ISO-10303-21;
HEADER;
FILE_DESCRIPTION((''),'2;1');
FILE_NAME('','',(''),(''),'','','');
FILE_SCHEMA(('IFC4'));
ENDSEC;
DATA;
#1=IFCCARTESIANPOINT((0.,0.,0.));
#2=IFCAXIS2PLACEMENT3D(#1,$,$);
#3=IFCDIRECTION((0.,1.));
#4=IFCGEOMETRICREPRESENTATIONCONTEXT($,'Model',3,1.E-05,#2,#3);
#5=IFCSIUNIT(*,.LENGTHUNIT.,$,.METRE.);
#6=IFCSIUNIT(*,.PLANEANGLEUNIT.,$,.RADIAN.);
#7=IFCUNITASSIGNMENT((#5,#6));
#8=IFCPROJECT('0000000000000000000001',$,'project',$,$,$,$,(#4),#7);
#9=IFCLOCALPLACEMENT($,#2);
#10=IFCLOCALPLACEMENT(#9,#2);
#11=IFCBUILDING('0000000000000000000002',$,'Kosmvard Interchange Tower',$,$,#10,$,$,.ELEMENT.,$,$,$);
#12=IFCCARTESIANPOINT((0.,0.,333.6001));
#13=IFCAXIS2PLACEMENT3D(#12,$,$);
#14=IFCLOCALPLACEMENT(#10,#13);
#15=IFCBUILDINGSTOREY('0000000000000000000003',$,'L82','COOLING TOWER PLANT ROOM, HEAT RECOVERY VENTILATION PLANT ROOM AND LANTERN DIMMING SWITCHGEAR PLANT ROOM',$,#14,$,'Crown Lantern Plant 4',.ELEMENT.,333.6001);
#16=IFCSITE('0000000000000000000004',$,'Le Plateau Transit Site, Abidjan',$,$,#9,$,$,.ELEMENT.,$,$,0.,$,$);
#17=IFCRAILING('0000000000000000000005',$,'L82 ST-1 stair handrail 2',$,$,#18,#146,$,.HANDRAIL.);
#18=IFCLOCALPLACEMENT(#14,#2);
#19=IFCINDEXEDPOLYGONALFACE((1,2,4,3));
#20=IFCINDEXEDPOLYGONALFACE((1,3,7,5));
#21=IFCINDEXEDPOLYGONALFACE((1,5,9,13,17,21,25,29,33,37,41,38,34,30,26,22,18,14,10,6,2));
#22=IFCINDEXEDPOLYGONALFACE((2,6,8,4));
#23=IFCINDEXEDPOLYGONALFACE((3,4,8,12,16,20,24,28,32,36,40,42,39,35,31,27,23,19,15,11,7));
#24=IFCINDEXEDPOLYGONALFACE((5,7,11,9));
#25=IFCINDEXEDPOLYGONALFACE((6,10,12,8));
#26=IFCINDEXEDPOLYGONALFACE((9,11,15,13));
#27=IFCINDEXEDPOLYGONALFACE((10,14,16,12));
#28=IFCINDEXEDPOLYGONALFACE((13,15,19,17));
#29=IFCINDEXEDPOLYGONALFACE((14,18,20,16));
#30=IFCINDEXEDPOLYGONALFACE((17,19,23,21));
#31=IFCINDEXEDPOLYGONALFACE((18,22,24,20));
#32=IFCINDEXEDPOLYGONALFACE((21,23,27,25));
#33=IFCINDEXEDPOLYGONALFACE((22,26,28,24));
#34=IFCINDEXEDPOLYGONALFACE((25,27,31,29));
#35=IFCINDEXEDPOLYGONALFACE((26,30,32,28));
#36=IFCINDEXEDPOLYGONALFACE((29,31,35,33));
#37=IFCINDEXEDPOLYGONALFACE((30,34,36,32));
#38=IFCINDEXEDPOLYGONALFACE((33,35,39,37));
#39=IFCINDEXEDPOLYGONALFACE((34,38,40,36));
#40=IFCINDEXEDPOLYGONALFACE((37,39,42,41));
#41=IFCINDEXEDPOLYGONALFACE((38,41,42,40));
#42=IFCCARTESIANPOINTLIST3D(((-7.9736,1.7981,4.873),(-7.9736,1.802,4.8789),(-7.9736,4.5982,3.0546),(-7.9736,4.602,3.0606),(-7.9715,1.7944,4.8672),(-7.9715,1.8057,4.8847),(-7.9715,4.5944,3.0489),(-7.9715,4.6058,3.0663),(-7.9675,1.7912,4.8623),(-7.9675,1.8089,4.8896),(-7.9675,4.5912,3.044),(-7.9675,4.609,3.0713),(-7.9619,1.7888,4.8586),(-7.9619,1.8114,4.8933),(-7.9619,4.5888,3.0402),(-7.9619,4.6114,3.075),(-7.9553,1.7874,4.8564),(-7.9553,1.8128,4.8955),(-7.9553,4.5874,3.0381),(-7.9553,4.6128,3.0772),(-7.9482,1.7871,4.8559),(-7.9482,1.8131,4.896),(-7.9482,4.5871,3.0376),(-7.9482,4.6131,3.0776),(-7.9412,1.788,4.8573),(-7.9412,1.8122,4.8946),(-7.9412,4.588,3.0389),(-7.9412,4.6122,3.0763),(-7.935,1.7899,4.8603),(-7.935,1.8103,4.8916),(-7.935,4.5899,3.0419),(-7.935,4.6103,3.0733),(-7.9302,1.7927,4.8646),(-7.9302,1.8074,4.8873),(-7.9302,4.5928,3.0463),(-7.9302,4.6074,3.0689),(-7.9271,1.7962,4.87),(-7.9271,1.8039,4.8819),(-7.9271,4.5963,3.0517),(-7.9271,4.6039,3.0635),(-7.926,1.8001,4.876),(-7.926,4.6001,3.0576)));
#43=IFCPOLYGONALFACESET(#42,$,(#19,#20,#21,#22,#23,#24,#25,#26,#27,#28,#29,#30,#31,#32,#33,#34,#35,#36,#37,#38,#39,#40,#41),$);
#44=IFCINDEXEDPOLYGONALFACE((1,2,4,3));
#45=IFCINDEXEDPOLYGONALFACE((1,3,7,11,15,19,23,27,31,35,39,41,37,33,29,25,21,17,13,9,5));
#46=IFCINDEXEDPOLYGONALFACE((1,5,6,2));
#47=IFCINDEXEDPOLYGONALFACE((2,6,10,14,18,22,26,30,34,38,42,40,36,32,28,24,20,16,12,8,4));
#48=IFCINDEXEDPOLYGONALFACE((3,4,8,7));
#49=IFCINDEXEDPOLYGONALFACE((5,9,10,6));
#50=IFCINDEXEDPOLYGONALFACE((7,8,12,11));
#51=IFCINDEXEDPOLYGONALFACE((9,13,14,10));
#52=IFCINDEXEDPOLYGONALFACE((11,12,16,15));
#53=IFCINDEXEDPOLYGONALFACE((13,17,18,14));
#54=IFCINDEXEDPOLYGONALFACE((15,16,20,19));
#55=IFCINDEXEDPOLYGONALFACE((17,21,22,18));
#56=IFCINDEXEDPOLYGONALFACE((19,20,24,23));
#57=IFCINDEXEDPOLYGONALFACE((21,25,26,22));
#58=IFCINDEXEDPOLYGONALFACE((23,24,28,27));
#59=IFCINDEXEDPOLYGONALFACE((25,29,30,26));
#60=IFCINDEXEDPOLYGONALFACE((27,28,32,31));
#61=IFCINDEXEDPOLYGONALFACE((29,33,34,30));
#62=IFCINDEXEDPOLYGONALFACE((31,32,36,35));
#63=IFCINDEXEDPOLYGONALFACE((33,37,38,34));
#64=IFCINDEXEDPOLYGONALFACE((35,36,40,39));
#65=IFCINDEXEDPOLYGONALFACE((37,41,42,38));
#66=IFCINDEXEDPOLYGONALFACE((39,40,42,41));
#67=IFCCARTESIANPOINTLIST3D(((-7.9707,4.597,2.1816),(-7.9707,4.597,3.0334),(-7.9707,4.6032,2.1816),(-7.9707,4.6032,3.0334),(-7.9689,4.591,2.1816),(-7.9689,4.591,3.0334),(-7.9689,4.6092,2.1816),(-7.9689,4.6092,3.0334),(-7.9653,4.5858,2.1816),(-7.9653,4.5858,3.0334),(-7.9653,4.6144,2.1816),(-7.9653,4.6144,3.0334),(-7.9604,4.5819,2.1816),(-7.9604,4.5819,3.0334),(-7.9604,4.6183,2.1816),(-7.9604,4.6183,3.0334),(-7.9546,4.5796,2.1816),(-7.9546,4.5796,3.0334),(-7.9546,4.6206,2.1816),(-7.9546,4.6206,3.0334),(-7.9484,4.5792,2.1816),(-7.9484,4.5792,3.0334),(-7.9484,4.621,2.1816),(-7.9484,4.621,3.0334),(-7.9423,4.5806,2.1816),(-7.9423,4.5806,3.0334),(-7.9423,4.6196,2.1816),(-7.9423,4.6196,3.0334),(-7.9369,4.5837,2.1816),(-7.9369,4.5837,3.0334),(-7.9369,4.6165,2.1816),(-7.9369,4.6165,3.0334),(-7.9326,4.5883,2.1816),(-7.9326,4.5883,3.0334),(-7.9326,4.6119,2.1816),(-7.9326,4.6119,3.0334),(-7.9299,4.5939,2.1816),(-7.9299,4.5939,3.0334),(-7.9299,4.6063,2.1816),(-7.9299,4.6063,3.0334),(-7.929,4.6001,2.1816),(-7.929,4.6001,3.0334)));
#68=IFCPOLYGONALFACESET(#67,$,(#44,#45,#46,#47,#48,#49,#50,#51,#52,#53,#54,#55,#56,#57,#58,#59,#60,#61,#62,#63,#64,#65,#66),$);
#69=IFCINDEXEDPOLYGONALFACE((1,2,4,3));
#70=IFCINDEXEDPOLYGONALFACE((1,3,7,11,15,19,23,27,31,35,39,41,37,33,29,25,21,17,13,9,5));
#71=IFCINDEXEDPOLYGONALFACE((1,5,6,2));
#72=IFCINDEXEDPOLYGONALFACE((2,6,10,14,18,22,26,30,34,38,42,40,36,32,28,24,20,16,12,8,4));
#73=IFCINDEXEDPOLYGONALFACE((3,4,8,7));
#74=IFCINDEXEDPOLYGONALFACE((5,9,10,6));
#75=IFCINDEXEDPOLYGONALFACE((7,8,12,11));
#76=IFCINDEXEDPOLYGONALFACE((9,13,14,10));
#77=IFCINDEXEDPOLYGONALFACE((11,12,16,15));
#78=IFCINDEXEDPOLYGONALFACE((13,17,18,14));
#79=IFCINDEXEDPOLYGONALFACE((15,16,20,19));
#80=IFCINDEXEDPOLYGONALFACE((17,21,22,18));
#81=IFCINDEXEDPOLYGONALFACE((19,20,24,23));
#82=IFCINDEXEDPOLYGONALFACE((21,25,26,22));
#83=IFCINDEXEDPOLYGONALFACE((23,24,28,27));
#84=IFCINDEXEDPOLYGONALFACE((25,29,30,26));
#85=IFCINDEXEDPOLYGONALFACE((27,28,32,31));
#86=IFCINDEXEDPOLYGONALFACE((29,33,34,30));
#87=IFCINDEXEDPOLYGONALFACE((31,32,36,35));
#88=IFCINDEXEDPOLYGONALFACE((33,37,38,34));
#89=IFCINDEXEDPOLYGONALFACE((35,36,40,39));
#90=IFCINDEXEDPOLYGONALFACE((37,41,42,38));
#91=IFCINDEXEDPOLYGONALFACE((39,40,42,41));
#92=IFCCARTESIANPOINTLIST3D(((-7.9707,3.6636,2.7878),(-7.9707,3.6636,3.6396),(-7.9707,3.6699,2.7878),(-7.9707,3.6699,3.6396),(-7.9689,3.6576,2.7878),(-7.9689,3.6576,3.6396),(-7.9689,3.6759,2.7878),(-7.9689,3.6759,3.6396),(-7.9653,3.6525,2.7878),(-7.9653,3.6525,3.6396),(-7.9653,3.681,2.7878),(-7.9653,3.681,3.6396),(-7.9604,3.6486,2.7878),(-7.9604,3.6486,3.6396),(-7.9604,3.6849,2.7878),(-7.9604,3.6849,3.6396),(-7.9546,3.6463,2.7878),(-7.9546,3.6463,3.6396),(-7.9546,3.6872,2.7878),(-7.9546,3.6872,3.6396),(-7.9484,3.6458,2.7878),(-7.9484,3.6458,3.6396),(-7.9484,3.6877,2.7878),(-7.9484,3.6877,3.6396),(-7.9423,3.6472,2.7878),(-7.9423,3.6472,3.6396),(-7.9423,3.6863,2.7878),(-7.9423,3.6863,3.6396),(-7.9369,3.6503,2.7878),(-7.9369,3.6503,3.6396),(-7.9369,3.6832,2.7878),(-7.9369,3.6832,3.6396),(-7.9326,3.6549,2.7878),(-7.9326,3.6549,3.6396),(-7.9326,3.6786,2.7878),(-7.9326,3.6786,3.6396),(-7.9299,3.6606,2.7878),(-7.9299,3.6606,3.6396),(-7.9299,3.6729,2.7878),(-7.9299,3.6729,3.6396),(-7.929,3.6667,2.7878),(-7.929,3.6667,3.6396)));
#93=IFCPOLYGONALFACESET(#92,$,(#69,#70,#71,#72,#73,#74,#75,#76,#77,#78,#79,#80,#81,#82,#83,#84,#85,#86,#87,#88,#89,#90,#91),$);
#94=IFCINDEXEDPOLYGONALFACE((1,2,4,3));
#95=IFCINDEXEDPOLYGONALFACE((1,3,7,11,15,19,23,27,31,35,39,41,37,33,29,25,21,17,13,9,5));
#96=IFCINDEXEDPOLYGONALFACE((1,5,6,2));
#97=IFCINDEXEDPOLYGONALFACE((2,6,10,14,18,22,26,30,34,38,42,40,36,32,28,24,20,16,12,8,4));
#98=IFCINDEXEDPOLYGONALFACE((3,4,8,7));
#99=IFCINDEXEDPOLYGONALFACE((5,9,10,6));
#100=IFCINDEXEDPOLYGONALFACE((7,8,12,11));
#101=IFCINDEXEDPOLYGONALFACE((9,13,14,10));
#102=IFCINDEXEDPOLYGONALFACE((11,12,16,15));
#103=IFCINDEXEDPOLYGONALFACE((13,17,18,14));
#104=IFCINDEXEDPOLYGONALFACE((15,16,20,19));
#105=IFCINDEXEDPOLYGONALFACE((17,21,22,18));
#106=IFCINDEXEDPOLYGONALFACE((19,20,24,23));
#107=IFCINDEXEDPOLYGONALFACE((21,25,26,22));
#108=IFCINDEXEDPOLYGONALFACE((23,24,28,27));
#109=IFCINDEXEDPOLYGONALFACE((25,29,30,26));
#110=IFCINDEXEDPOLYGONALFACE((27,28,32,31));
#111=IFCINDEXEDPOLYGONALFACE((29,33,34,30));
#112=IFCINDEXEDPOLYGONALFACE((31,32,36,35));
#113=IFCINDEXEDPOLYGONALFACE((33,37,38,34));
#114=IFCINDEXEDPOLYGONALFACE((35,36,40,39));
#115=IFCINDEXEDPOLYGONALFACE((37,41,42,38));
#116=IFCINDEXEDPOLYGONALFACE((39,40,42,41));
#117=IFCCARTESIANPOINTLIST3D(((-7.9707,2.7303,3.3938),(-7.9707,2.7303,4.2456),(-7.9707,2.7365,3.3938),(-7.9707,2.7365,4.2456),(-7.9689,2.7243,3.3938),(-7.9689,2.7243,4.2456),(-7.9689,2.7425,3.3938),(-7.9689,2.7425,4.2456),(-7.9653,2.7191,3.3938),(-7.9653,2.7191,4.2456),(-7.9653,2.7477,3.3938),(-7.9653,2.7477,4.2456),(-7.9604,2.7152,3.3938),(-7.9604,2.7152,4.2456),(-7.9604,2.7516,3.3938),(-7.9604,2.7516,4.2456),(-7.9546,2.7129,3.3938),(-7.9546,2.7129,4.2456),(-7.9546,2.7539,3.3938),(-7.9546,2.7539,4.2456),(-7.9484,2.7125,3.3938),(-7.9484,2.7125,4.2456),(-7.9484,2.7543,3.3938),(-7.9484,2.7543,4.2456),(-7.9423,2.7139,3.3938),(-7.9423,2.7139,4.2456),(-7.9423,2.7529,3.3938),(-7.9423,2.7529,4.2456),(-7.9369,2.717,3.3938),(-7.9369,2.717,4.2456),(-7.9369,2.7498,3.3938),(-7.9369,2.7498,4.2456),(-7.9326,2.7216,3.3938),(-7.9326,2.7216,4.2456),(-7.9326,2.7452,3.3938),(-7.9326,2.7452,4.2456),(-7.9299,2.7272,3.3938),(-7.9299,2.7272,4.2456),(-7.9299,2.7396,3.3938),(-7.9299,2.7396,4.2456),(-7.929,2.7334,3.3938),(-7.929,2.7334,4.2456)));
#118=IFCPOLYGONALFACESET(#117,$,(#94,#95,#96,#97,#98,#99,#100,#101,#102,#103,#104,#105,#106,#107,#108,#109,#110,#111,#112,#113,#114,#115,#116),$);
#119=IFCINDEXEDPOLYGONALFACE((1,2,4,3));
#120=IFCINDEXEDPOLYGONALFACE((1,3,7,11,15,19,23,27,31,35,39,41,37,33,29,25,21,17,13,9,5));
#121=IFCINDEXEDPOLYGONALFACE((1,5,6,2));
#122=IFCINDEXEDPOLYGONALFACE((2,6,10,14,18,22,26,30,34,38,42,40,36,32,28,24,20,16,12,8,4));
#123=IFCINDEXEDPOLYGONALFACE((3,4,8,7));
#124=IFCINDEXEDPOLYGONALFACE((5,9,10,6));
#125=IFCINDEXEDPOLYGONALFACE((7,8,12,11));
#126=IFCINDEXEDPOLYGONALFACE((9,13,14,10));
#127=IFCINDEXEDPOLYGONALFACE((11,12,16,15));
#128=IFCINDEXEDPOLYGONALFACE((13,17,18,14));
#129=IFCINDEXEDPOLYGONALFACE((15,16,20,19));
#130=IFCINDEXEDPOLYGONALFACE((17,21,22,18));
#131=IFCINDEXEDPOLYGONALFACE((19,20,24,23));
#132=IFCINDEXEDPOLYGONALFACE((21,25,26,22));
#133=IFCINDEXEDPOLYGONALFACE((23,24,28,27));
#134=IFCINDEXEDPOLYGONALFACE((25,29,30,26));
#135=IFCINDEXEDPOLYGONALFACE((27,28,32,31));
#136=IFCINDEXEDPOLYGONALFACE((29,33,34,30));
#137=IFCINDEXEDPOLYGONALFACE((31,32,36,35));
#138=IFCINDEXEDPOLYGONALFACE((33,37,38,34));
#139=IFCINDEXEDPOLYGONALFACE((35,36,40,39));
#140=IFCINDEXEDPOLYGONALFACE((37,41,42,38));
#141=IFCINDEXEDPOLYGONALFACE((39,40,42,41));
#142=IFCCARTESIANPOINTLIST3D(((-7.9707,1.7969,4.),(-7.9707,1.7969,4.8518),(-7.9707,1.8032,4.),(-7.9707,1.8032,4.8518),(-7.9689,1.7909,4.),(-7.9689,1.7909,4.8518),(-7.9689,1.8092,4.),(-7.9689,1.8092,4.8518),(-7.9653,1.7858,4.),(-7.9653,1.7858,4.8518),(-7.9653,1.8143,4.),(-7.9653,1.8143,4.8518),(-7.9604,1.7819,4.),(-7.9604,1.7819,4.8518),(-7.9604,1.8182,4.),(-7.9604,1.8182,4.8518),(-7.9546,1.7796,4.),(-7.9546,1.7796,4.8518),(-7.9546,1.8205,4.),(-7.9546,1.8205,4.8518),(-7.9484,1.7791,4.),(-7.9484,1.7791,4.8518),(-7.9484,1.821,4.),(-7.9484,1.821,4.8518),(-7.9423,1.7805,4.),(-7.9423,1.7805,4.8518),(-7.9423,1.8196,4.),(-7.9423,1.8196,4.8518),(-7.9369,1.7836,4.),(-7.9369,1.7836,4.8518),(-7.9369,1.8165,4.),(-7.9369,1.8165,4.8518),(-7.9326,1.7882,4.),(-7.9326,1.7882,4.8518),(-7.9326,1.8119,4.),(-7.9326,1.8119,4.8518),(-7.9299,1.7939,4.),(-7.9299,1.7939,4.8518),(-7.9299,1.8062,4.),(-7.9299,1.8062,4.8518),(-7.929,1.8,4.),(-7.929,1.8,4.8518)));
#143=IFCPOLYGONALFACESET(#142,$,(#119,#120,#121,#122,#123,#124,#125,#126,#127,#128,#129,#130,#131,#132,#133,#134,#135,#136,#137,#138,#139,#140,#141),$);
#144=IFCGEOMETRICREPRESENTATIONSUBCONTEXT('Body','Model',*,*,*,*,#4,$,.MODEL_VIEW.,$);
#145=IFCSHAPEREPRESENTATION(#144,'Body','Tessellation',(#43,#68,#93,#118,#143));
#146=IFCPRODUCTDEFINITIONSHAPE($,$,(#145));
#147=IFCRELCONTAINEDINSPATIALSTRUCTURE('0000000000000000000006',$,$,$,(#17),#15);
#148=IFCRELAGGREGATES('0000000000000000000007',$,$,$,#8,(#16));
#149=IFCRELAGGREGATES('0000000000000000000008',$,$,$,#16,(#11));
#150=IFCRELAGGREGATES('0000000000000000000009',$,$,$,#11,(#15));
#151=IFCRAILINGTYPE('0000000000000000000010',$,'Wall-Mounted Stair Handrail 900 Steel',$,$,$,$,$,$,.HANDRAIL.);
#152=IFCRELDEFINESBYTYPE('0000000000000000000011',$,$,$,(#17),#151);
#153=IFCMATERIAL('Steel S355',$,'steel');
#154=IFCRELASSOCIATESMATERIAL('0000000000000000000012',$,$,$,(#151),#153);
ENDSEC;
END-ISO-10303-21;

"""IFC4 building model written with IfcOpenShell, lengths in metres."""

from ifc_helpers import new_model, si_unit, direction, frame, origin, origin_2d, place, context, subcontext, project, spatial, circle, extrude, source, transform, mapped, material, type_object, element, save


model = new_model("IFC4")

# Units and contexts
model_context = context("Model", 3, precision=1e-05, world=origin(), true_north=direction((0.0, 1.0)))
body_context = subcontext(model_context, "Body", "Model", "MODEL_VIEW")
ifc_project = project(units=[si_unit("LENGTHUNIT", "METRE"), si_unit("PLANEANGLEUNIT", "RADIAN")], contexts=[model_context])

# Site, building, storey
site_placement = place(None, origin())
site = spatial("IfcSite", under=ifc_project, at=site_placement, Name="Le Plateau Transit Site, Abidjan", CompositionType="ELEMENT", RefElevation=0.0)
building_placement = place(site_placement, origin())
building = spatial("IfcBuilding", under=site, at=building_placement, Name="Kosmvard Interchange Tower", CompositionType="ELEMENT")
storey_placement = place(building_placement, frame((0.0, 0.0, 333.6001)))
storey = spatial("IfcBuildingStorey", under=building, at=storey_placement, Name="L82", Description="COOLING TOWER PLANT ROOM, HEAT RECOVERY VENTILATION PLANT ROOM AND LANTERN DIMMING SWITCHGEAR PLANT ROOM", LongName="Crown Lantern Plant 4", CompositionType="ELEMENT", Elevation=333.6001)

# Shared definitions
ifc_material_1 = material(Name="Steel S355", Category="steel")

# Railing
railing_type_1 = type_object("IfcRailingType", Name="Wall-Mounted Stair Handrail 900 Steel", PredefinedType="HANDRAIL", material=ifc_material_1)
shared_shape_1 = source(origin(), body_context, "Body", "SweptSolid", [
    extrude(circle(Radius=0.0239, at=origin_2d()), frame((0.0, 0.0, 0.876), z_axis=(0.0, -0.838672, 0.544636), x_axis=(1.0, 0.0, 0.0)), (0.0, 0.0, 1.0), 3.3386),
    extrude(circle(Radius=0.021, at=origin_2d()), origin(), (0.0, 0.0, 1.0), 0.8518),
    extrude(circle(Radius=0.021, at=origin_2d()), frame((0.0, -0.9333, 0.6062)), (0.0, 0.0, 1.0), 0.8518),
    extrude(circle(Radius=0.021, at=origin_2d()), frame((0.0, -1.8667, 1.2122)), (0.0, 0.0, 1.0), 0.8518),
    extrude(circle(Radius=0.021, at=origin_2d()), frame((0.0, -2.8, 1.8184)), (0.0, 0.0, 1.0), 0.8518),
])
railing_1_placement = place(storey_placement, frame((-7.95, 4.6001, 2.1816)))
element("IfcRailing", 1, at=railing_1_placement, inside=storey, type_object=railing_type_1, Name="L82 ST-1 stair handrail 2", PredefinedType="HANDRAIL", context=body_context, shape_type="MappedRepresentation", body=[
    mapped(shared_shape_1, transform((0.0, 0.0, 0.0), scale=1.0)),
])

save(model, "model.ifc")
